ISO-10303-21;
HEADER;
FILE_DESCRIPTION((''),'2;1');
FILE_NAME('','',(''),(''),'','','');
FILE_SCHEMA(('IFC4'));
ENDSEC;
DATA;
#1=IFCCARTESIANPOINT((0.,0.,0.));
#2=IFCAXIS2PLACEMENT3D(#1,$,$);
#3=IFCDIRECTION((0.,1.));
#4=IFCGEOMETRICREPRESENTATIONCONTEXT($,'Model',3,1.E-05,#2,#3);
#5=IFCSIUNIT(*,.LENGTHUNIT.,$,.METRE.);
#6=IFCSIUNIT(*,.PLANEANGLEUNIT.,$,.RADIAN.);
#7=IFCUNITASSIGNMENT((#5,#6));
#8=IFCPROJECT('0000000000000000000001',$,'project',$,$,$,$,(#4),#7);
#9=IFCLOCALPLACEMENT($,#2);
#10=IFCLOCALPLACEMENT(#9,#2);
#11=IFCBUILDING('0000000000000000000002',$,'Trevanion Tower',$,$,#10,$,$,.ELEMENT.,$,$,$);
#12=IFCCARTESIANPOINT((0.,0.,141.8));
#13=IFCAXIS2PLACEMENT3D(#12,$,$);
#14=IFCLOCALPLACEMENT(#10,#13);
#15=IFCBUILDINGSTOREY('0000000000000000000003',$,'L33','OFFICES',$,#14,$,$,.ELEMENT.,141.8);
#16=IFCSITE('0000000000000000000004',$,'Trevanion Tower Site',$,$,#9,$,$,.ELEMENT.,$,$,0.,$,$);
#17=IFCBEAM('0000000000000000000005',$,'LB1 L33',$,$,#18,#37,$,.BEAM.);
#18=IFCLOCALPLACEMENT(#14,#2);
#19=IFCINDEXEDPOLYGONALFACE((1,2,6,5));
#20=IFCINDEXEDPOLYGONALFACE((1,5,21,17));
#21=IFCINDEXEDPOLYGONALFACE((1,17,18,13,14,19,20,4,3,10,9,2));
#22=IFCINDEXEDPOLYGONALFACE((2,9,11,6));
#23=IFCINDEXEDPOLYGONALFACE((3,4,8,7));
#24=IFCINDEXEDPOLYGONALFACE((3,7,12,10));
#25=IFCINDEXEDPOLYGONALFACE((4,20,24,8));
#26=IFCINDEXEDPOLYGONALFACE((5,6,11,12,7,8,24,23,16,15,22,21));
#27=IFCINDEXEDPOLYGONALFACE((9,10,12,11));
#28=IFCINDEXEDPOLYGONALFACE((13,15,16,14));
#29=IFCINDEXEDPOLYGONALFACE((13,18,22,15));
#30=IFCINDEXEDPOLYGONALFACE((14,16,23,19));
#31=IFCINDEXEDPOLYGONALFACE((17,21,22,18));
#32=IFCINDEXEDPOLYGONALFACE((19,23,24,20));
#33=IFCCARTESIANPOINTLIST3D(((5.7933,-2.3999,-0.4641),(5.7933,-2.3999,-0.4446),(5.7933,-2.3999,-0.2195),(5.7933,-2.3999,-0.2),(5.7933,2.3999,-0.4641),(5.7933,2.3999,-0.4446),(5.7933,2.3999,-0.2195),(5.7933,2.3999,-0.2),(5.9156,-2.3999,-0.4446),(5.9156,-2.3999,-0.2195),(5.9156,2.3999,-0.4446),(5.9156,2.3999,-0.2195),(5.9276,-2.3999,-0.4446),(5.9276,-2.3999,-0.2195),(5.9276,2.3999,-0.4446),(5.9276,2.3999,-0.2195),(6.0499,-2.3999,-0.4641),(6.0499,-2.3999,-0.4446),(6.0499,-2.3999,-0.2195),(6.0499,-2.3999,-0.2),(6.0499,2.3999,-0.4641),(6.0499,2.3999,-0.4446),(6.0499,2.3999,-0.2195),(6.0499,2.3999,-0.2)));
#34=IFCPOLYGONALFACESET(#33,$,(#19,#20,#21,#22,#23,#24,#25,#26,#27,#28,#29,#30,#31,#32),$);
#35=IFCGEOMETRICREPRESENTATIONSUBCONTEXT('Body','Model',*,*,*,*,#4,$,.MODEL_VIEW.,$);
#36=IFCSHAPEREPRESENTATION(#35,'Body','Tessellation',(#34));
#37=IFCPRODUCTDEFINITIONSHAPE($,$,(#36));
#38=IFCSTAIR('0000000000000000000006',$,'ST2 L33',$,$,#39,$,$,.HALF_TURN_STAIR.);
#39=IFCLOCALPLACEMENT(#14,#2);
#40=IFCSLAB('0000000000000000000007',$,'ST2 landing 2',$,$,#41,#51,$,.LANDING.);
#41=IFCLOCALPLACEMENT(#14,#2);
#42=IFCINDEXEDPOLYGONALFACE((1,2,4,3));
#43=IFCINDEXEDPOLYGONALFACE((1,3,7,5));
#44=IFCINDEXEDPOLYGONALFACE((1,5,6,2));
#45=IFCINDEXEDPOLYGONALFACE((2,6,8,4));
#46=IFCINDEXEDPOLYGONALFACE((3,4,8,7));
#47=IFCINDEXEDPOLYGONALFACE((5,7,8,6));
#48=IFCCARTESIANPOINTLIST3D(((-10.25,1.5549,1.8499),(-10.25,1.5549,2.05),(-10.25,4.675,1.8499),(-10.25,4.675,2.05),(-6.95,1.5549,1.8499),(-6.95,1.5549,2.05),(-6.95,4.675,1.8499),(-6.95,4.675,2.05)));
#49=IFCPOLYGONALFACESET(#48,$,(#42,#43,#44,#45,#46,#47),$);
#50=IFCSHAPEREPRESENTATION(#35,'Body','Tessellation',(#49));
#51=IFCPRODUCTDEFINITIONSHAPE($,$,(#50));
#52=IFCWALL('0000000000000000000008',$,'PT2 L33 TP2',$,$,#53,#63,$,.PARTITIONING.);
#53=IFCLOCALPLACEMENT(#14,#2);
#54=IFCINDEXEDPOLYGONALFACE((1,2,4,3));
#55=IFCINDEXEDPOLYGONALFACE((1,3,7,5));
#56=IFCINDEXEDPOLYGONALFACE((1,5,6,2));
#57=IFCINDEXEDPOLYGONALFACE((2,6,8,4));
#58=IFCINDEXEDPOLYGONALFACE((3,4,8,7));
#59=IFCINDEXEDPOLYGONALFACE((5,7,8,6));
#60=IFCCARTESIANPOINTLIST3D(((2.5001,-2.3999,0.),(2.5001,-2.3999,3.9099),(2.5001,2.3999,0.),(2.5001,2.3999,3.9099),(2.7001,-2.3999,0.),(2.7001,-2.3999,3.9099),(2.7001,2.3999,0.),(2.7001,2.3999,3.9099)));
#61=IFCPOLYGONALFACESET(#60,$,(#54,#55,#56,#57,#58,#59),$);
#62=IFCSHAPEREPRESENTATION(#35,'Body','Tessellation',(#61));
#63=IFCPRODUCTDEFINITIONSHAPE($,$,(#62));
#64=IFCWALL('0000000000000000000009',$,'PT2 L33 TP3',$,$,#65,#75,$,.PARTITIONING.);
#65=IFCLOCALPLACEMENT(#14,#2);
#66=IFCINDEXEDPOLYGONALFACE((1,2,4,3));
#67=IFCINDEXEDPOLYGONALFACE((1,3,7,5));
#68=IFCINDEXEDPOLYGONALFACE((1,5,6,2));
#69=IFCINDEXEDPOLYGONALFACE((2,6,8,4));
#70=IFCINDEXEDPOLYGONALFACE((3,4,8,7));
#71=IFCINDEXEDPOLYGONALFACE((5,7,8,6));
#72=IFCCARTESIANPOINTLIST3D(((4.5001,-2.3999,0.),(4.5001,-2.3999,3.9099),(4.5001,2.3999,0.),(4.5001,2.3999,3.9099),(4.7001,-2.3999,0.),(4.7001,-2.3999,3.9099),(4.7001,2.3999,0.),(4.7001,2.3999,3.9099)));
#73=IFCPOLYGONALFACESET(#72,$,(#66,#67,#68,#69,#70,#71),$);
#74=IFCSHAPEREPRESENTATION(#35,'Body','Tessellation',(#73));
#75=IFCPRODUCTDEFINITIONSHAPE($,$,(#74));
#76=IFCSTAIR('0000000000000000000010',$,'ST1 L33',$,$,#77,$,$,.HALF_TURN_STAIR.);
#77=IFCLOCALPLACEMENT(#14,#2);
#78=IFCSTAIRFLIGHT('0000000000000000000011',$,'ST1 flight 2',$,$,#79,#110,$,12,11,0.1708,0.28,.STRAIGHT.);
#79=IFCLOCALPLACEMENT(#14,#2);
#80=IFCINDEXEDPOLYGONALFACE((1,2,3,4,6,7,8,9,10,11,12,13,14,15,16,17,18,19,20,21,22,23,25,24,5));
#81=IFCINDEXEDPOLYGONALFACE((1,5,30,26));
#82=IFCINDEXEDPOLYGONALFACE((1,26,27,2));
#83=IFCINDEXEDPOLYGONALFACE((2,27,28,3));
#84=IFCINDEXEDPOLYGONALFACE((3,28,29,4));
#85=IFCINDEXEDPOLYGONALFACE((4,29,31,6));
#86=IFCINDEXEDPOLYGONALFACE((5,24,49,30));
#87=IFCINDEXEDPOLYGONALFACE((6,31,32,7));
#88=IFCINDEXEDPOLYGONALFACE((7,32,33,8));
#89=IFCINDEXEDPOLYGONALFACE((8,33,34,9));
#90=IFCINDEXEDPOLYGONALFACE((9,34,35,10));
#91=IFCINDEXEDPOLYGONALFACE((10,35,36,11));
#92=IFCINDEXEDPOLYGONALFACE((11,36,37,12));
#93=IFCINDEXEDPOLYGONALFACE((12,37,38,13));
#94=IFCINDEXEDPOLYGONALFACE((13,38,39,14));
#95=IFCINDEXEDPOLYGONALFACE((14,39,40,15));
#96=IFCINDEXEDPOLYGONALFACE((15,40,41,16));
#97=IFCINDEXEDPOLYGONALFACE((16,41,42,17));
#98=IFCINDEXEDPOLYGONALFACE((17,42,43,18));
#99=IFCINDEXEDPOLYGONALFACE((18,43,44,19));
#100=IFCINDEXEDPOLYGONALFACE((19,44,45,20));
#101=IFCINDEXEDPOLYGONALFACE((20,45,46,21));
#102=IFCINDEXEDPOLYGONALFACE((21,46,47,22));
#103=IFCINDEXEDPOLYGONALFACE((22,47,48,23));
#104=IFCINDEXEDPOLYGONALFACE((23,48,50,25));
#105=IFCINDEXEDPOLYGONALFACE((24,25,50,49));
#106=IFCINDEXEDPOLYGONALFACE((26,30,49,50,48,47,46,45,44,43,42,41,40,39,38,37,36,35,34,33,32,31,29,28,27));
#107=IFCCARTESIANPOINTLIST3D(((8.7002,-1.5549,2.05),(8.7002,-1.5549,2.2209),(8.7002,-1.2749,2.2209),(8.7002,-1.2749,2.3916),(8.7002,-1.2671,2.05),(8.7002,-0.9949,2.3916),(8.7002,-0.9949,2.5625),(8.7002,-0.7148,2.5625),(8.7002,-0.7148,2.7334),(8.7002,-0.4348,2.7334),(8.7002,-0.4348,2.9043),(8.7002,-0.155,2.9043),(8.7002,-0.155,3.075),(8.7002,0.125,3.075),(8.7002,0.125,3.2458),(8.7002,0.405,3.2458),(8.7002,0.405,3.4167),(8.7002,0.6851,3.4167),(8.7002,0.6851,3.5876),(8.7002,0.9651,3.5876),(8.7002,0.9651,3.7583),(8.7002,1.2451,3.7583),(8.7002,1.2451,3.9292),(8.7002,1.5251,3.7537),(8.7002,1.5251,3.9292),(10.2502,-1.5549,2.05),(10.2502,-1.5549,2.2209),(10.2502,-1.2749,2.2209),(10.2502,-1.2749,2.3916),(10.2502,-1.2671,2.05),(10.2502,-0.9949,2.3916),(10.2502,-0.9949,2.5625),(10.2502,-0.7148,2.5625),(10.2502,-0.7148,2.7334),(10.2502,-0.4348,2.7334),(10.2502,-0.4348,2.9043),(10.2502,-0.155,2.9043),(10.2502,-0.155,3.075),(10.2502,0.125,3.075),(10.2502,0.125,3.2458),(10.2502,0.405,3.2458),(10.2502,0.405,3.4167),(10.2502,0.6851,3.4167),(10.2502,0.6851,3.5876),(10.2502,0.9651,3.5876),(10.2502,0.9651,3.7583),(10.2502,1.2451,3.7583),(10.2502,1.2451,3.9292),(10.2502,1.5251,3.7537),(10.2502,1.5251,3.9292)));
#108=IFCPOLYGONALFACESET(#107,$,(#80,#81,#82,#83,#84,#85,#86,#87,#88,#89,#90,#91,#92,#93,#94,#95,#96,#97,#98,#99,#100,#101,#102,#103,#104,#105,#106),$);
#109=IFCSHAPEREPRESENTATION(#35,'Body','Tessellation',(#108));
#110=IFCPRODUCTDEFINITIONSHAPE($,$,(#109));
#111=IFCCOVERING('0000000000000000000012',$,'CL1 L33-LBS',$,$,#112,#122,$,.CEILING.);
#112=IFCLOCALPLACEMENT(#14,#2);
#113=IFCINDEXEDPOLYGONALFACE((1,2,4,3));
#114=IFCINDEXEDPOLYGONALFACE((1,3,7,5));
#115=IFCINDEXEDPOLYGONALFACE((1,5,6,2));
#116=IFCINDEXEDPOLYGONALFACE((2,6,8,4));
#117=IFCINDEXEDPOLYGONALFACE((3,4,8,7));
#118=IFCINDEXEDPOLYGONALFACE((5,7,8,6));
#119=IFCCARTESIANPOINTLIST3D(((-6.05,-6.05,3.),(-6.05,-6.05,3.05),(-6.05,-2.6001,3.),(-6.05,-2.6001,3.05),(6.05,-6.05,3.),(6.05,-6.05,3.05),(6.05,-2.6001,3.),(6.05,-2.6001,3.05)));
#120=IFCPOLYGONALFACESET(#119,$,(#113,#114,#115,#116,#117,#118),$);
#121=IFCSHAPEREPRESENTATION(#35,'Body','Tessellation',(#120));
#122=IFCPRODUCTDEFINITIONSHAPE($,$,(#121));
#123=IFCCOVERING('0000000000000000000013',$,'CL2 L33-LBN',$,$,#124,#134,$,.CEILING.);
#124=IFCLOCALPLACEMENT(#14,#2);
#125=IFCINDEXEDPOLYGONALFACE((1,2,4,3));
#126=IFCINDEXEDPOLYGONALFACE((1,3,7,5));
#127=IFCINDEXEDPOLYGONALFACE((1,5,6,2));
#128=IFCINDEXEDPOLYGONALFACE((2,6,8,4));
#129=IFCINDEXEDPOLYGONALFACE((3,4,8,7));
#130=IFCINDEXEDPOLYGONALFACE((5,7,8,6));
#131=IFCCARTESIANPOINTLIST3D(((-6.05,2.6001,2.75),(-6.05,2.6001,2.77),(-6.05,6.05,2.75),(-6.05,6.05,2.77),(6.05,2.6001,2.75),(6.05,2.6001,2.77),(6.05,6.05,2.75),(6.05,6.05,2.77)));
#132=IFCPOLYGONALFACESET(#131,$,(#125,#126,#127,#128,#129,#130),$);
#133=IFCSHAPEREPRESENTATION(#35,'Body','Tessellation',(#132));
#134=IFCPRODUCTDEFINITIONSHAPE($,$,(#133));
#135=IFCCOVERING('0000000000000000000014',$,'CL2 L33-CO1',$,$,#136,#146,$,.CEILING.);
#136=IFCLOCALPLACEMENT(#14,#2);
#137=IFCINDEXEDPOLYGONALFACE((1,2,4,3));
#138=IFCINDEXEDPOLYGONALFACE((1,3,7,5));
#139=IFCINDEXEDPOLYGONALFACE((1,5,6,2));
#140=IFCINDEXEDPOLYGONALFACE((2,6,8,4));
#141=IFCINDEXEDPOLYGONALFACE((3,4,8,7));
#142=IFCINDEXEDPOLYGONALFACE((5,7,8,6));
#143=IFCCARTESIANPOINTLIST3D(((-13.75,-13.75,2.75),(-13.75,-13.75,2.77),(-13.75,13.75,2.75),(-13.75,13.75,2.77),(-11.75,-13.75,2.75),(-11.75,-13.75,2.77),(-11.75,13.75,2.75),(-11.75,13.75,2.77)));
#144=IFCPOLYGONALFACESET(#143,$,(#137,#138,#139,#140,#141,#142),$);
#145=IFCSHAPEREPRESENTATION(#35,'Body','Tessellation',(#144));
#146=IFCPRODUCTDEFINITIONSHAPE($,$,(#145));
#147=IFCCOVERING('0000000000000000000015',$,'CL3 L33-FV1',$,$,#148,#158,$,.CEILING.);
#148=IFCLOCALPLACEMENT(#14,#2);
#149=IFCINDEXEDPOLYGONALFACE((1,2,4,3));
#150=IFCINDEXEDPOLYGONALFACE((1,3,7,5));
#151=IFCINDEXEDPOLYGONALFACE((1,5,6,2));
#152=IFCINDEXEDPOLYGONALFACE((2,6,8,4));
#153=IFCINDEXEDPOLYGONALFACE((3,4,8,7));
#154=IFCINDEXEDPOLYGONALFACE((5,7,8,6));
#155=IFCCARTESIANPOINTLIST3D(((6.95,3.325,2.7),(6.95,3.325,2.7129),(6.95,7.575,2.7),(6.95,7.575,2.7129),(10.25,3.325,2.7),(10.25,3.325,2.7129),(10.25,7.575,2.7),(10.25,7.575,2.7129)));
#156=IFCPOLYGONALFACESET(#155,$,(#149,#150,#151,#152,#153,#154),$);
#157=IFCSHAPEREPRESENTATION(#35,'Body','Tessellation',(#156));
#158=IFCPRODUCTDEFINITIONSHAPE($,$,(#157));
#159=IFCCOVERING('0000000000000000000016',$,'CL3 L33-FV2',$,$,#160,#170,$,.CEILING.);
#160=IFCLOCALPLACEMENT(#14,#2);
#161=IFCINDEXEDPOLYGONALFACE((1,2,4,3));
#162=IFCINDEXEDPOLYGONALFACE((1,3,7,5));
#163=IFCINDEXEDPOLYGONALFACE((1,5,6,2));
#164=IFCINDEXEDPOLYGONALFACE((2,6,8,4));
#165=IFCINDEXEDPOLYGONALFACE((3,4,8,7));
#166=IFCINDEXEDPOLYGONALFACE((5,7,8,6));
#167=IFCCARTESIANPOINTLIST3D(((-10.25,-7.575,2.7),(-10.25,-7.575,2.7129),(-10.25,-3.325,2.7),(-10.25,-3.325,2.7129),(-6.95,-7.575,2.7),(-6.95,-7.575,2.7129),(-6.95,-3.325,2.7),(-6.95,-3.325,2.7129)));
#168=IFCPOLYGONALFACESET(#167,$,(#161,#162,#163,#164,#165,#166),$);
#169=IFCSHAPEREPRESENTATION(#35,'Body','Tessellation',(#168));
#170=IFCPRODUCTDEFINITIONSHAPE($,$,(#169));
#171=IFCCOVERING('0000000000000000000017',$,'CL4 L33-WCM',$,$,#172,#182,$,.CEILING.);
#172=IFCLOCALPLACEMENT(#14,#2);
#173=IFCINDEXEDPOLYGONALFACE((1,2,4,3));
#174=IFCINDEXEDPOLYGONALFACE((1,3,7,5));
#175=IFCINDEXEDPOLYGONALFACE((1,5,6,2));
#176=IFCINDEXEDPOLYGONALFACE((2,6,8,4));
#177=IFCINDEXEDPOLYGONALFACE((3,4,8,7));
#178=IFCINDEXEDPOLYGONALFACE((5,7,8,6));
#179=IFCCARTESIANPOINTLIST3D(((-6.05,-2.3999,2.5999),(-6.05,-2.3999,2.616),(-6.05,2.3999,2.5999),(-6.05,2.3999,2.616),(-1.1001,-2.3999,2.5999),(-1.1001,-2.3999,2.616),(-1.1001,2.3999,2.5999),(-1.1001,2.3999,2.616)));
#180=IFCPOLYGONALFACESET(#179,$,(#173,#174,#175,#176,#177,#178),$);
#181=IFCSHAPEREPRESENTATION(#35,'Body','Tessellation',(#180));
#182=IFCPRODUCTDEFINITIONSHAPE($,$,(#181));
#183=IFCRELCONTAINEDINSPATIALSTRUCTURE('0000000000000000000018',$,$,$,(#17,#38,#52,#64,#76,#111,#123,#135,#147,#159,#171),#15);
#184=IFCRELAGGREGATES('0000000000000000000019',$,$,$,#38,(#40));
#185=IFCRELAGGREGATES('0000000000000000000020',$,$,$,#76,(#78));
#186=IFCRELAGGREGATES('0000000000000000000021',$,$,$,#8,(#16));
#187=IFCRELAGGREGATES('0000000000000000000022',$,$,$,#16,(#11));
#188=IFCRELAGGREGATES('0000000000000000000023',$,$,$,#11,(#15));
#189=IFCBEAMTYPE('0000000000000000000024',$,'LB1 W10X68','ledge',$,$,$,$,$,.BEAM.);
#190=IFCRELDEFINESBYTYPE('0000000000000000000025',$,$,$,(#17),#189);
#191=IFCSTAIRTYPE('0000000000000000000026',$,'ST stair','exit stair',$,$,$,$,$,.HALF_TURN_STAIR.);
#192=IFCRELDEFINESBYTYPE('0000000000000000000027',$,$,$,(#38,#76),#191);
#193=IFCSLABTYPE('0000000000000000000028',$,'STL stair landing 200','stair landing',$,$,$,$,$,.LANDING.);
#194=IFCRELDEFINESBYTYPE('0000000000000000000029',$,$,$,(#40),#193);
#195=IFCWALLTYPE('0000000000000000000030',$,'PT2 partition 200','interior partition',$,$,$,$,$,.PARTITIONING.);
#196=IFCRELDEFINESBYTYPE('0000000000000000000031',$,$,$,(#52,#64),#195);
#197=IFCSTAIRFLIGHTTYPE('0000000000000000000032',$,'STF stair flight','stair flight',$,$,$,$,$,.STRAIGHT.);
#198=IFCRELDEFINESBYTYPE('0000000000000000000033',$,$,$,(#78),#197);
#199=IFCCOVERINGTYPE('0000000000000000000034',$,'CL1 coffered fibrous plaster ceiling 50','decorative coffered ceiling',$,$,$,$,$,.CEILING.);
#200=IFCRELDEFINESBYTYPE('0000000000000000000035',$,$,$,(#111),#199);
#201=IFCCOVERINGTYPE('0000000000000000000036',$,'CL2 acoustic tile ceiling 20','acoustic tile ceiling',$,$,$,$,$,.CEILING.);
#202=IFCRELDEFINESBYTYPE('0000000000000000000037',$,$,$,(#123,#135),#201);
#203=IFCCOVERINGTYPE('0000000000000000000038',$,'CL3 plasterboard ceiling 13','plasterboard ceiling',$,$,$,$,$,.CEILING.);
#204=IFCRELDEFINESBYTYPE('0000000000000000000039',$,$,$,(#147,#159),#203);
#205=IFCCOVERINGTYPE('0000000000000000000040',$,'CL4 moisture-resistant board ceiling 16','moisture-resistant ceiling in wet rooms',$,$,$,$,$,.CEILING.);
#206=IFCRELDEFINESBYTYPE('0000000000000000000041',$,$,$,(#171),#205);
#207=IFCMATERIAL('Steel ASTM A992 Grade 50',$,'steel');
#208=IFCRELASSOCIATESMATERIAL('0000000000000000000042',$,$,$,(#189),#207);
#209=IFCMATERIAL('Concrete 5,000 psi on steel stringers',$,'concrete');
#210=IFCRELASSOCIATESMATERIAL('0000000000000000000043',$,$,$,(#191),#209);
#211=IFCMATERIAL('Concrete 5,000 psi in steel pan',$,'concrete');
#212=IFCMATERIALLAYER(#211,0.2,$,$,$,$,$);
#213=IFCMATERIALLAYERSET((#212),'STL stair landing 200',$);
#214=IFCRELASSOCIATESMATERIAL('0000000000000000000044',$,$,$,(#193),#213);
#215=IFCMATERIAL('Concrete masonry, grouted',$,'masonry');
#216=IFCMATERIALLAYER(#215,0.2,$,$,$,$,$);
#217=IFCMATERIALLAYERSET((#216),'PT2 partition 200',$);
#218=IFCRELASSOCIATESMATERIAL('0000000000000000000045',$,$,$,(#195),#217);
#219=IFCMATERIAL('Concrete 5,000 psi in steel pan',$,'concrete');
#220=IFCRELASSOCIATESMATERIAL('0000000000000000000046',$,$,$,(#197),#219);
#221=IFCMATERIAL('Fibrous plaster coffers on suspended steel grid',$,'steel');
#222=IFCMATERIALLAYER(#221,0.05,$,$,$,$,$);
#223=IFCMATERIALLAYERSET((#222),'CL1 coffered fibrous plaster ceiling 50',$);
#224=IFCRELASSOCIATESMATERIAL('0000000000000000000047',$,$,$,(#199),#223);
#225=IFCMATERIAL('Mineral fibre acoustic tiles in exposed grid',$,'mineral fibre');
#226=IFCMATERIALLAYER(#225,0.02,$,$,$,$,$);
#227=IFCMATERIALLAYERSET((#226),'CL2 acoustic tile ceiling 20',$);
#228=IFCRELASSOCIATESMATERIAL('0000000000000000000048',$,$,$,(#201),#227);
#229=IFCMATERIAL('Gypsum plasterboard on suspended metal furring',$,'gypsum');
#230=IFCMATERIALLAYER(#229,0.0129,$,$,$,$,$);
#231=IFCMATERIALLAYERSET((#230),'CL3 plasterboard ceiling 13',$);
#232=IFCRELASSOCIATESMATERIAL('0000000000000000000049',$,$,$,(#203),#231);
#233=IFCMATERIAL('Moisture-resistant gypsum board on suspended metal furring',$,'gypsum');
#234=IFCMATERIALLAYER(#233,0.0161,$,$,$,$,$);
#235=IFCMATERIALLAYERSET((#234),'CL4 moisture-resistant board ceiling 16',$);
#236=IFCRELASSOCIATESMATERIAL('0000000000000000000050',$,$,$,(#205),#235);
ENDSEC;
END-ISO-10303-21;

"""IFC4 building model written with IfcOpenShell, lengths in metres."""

from ifc_helpers import new_model, si_unit, direction, frame, frame_2d, origin, origin_2d, place, context, subcontext, project, spatial, polyline, rectangle, i_section, outline, extrude, material, layer, layer_set, material_profile, profile_set, type_object, element, aggregate, save


model = new_model("IFC4")

# Units and contexts
model_context = context("Model", 3, precision=1e-05, world=origin(), true_north=direction((0.0, 1.0)))
body_context = subcontext(model_context, "Body", "Model", "MODEL_VIEW")
ifc_project = project(units=[si_unit("LENGTHUNIT", "METRE"), si_unit("PLANEANGLEUNIT", "RADIAN")], contexts=[model_context])

# Site, building, storey
site_placement = place(None, origin())
site = spatial("IfcSite", under=ifc_project, at=site_placement, Name="Trevanion Tower Site", CompositionType="ELEMENT", RefElevation=0.0)
building_placement = place(site_placement, origin())
building = spatial("IfcBuilding", under=site, at=building_placement, Name="Trevanion Tower", CompositionType="ELEMENT")
storey_placement = place(building_placement, frame((0.0, 0.0, 141.8)))
storey = spatial("IfcBuildingStorey", under=building, at=storey_placement, Name="L33", Description="OFFICES", CompositionType="ELEMENT", Elevation=141.8)

# Beam
ifc_material_1 = material(Name="Steel ASTM A992 Grade 50", Category="steel")
ifc_material_profile = material_profile(ifc_material_1, i_section(OverallWidth=0.2566, OverallDepth=0.2642, WebThickness=0.012, FlangeThickness=0.0195, at=origin_2d()), Name="W10X68")
ifc_profile_set = profile_set([ifc_material_profile], Name="Steel ASTM A992 Grade 50")
beam_type = type_object("IfcBeamType", Name="LB1 W10X68", Description="ledge", PredefinedType="BEAM", material=ifc_profile_set)
beam_placement = place(storey_placement, frame((5.9216, -2.3999, -0.332), z_axis=(0.0, 1.0, 0.0), x_axis=(-1.0, 0.0, 0.0)))
element("IfcBeam", 1, at=beam_placement, inside=storey, type_object=beam_type, Name="LB1 L33", PredefinedType="BEAM", context=body_context, shape_type="SweptSolid", body=[
    extrude(i_section(OverallWidth=0.2566, OverallDepth=0.2642, WebThickness=0.012, FlangeThickness=0.0195, at=origin_2d()), origin(), (0.0, 0.0, 1.0), 4.7998),
])

# Stair, slab
ifc_material_2 = material(Name="Concrete 5,000 psi on steel stringers", Category="concrete")
stair_type = type_object("IfcStairType", Name="ST stair", Description="exit stair", PredefinedType="HALF_TURN_STAIR", material=ifc_material_2)
stair_1_placement = place(storey_placement, origin())
stair_1 = element("IfcStair", 2, at=stair_1_placement, inside=storey, type_object=stair_type, Name="ST2 L33", PredefinedType="HALF_TURN_STAIR")
ifc_material_3 = material(Name="Concrete 5,000 psi in steel pan", Category="concrete")
ifc_layer_1 = layer(ifc_material_3, 0.2)
ifc_layer_set_1 = layer_set([ifc_layer_1], Name="STL stair landing 200")
slab_type = type_object("IfcSlabType", Name="STL stair landing 200", Description="stair landing", PredefinedType="LANDING", material=ifc_layer_set_1)
slab_placement = place(storey_placement, frame((0.0, 0.0, 1.8499)))
slab = element("IfcSlab", 3, at=slab_placement, type_object=slab_type, Name="ST2 landing 2", PredefinedType="LANDING", context=body_context, shape_type="SweptSolid", body=[
    extrude(outline(polyline([(-6.95, 4.675), (-10.25, 4.675), (-10.25, 1.5549), (-6.95, 1.5549), (-6.95, 4.675)])), origin(), (0.0, 0.0, 1.0), 0.2002),
])
aggregate(stair_1, [slab])

# Walls
ifc_material_4 = material(Name="Concrete masonry, grouted", Category="masonry")
ifc_layer_2 = layer(ifc_material_4, 0.2)
ifc_layer_set_2 = layer_set([ifc_layer_2], Name="PT2 partition 200")
wall_type = type_object("IfcWallType", Name="PT2 partition 200", Description="interior partition", PredefinedType="PARTITIONING", material=ifc_layer_set_2)
for number, where, z_axis, x_axis, name in (
    (4, (2.6001, -2.3999, 0.0), (0.0, 0.0, 1.0), (0.0, 1.0, 0.0), "PT2 L33 TP2"),
    (5, (4.6001, -2.3999, 0.0), (0.0, 0.0, 1.0), (0.0, 1.0, 0.0), "PT2 L33 TP3"),
):
    element("IfcWall", number, at=place(storey_placement, frame(where, z_axis=z_axis, x_axis=x_axis)), inside=storey, type_object=wall_type, Name=name, PredefinedType="PARTITIONING", context=body_context, shape_type="SweptSolid", body=[
        extrude(rectangle(XDim=4.7998, YDim=0.2, at=frame_2d((2.3999, 0.0))), origin(), (0.0, 0.0, 1.0), 3.9099),
    ])

# Stair, stair flight
stair_2_placement = place(storey_placement, origin())
stair_2 = element("IfcStair", 6, at=stair_2_placement, inside=storey, type_object=stair_type, Name="ST1 L33", PredefinedType="HALF_TURN_STAIR")
ifc_material_5 = material(Name="Concrete 5,000 psi in steel pan", Category="concrete")
stair_flight_type = type_object("IfcStairFlightType", Name="STF stair flight", Description="stair flight", PredefinedType="STRAIGHT", material=ifc_material_5)
stair_flight_placement = place(storey_placement, frame((9.4751, -1.5549, 2.05), z_axis=(0.0, 0.0, 1.0), x_axis=(0.0, 1.0, 0.0)))
stair_flight = element("IfcStairFlight", 7, at=stair_flight_placement, type_object=stair_flight_type, Name="ST1 flight 2", NumberOfRisers=12, NumberOfTreads=11, PredefinedType="STRAIGHT", RiserHeight=0.1708, TreadLength=0.28, context=body_context, shape_type="SweptSolid", body=[
    extrude(outline(polyline([(0.0, 0.0), (0.0, 0.1709), (0.28, 0.1709), (0.28, 0.3416), (0.5601, 0.3416), (0.5601, 0.5125), (0.8401, 0.5125), (0.8401, 0.6833), (1.1201, 0.6833), (1.1201, 0.8542), (1.3999, 0.8542), (1.3999, 1.0249), (1.6799, 1.0249), (1.6799, 1.1958), (1.96, 1.1958), (1.96, 1.3667), (2.24, 1.3667), (2.24, 1.5376), (2.52, 1.5376), (2.52, 1.7083), (2.8, 1.7083), (2.8, 1.8792), (3.0801, 1.8792), (3.0801, 2.05), (3.0801, 1.7036), (0.2878, 0.0), (0.0, 0.0)])), frame((0.0, 0.7749, 0.0), z_axis=(0.0, -1.0, 0.0), x_axis=(1.0, 0.0, 0.0)), (0.0, 0.0, 1.0), 1.55),
])
aggregate(stair_2, [stair_flight])

# Coverings
ifc_material_6 = material(Name="Fibrous plaster coffers on suspended steel grid", Category="steel")
ifc_layer_3 = layer(ifc_material_6, 0.05)
ifc_layer_set_3 = layer_set([ifc_layer_3], Name="CL1 coffered fibrous plaster ceiling 50")
covering_type_1 = type_object("IfcCoveringType", Name="CL1 coffered fibrous plaster ceiling 50", Description="decorative coffered ceiling", PredefinedType="CEILING", material=ifc_layer_set_3)
covering_1_placement = place(storey_placement, frame((0.0, 0.0, 3.0)))
element("IfcCovering", 8, at=covering_1_placement, inside=storey, type_object=covering_type_1, Name="CL1 L33-LBS", PredefinedType="CEILING", context=body_context, shape_type="SweptSolid", body=[
    extrude(outline(polyline([(6.05, -6.05), (6.05, -2.6001), (-6.05, -2.6001), (-6.05, -6.05), (6.05, -6.05)])), origin(), (0.0, 0.0, 1.0), 0.05),
])
ifc_material_7 = material(Name="Mineral fibre acoustic tiles in exposed grid", Category="mineral fibre")
ifc_layer_4 = layer(ifc_material_7, 0.02)
ifc_layer_set_4 = layer_set([ifc_layer_4], Name="CL2 acoustic tile ceiling 20")
covering_type_2 = type_object("IfcCoveringType", Name="CL2 acoustic tile ceiling 20", Description="acoustic tile ceiling", PredefinedType="CEILING", material=ifc_layer_set_4)
covering_2_placement = place(storey_placement, frame((0.0, 0.0, 2.75)))
element("IfcCovering", 9, at=covering_2_placement, inside=storey, type_object=covering_type_2, Name="CL2 L33-LBN", PredefinedType="CEILING", context=body_context, shape_type="SweptSolid", body=[
    extrude(outline(polyline([(6.05, 2.6001), (6.05, 6.05), (-6.05, 6.05), (-6.05, 2.6001), (6.05, 2.6001)])), origin(), (0.0, 0.0, 1.0), 0.02),
])
covering_3_placement = place(storey_placement, frame((0.0, 0.0, 2.75)))
element("IfcCovering", 10, at=covering_3_placement, inside=storey, type_object=covering_type_2, Name="CL2 L33-CO1", PredefinedType="CEILING", context=body_context, shape_type="SweptSolid", body=[
    extrude(outline(polyline([(-11.75, 13.75), (-11.75, -13.75), (-13.75, -13.75), (-13.75, 13.75), (-11.75, 13.75)])), origin(), (0.0, 0.0, 1.0), 0.02),
])
ifc_material_8 = material(Name="Gypsum plasterboard on suspended metal furring", Category="gypsum")
ifc_layer_5 = layer(ifc_material_8, 0.0129)
ifc_layer_set_5 = layer_set([ifc_layer_5], Name="CL3 plasterboard ceiling 13")
covering_type_3 = type_object("IfcCoveringType", Name="CL3 plasterboard ceiling 13", Description="plasterboard ceiling", PredefinedType="CEILING", material=ifc_layer_set_5)
covering_4_placement = place(storey_placement, frame((0.0, 0.0, 2.7)))
element("IfcCovering", 11, at=covering_4_placement, inside=storey, type_object=covering_type_3, Name="CL3 L33-FV1", PredefinedType="CEILING", context=body_context, shape_type="SweptSolid", body=[
    extrude(outline(polyline([(10.25, 3.325), (10.25, 7.575), (6.95, 7.575), (6.95, 3.325), (10.25, 3.325)])), origin(), (0.0, 0.0, 1.0), 0.0129),
])
covering_5_placement = place(storey_placement, frame((0.0, 0.0, 2.7)))
element("IfcCovering", 12, at=covering_5_placement, inside=storey, type_object=covering_type_3, Name="CL3 L33-FV2", PredefinedType="CEILING", context=body_context, shape_type="SweptSolid", body=[
    extrude(outline(polyline([(-10.25, -3.325), (-10.25, -7.575), (-6.95, -7.575), (-6.95, -3.325), (-10.25, -3.325)])), origin(), (0.0, 0.0, 1.0), 0.0129),
])
ifc_material_9 = material(Name="Moisture-resistant gypsum board on suspended metal furring", Category="gypsum")
ifc_layer_6 = layer(ifc_material_9, 0.0161)
ifc_layer_set_6 = layer_set([ifc_layer_6], Name="CL4 moisture-resistant board ceiling 16")
covering_type_4 = type_object("IfcCoveringType", Name="CL4 moisture-resistant board ceiling 16", Description="moisture-resistant ceiling in wet rooms", PredefinedType="CEILING", material=ifc_layer_set_6)
covering_6_placement = place(storey_placement, frame((0.0, 0.0, 2.5999)))
element("IfcCovering", 13, at=covering_6_placement, inside=storey, type_object=covering_type_4, Name="CL4 L33-WCM", PredefinedType="CEILING", context=body_context, shape_type="SweptSolid", body=[
    extrude(outline(polyline([(-1.1001, -2.3999), (-1.1001, 2.3999), (-6.05, 2.3999), (-6.05, -2.3999), (-1.1001, -2.3999)])), origin(), (0.0, 0.0, 1.0), 0.0161),
])

save(model, "model.ifc")
